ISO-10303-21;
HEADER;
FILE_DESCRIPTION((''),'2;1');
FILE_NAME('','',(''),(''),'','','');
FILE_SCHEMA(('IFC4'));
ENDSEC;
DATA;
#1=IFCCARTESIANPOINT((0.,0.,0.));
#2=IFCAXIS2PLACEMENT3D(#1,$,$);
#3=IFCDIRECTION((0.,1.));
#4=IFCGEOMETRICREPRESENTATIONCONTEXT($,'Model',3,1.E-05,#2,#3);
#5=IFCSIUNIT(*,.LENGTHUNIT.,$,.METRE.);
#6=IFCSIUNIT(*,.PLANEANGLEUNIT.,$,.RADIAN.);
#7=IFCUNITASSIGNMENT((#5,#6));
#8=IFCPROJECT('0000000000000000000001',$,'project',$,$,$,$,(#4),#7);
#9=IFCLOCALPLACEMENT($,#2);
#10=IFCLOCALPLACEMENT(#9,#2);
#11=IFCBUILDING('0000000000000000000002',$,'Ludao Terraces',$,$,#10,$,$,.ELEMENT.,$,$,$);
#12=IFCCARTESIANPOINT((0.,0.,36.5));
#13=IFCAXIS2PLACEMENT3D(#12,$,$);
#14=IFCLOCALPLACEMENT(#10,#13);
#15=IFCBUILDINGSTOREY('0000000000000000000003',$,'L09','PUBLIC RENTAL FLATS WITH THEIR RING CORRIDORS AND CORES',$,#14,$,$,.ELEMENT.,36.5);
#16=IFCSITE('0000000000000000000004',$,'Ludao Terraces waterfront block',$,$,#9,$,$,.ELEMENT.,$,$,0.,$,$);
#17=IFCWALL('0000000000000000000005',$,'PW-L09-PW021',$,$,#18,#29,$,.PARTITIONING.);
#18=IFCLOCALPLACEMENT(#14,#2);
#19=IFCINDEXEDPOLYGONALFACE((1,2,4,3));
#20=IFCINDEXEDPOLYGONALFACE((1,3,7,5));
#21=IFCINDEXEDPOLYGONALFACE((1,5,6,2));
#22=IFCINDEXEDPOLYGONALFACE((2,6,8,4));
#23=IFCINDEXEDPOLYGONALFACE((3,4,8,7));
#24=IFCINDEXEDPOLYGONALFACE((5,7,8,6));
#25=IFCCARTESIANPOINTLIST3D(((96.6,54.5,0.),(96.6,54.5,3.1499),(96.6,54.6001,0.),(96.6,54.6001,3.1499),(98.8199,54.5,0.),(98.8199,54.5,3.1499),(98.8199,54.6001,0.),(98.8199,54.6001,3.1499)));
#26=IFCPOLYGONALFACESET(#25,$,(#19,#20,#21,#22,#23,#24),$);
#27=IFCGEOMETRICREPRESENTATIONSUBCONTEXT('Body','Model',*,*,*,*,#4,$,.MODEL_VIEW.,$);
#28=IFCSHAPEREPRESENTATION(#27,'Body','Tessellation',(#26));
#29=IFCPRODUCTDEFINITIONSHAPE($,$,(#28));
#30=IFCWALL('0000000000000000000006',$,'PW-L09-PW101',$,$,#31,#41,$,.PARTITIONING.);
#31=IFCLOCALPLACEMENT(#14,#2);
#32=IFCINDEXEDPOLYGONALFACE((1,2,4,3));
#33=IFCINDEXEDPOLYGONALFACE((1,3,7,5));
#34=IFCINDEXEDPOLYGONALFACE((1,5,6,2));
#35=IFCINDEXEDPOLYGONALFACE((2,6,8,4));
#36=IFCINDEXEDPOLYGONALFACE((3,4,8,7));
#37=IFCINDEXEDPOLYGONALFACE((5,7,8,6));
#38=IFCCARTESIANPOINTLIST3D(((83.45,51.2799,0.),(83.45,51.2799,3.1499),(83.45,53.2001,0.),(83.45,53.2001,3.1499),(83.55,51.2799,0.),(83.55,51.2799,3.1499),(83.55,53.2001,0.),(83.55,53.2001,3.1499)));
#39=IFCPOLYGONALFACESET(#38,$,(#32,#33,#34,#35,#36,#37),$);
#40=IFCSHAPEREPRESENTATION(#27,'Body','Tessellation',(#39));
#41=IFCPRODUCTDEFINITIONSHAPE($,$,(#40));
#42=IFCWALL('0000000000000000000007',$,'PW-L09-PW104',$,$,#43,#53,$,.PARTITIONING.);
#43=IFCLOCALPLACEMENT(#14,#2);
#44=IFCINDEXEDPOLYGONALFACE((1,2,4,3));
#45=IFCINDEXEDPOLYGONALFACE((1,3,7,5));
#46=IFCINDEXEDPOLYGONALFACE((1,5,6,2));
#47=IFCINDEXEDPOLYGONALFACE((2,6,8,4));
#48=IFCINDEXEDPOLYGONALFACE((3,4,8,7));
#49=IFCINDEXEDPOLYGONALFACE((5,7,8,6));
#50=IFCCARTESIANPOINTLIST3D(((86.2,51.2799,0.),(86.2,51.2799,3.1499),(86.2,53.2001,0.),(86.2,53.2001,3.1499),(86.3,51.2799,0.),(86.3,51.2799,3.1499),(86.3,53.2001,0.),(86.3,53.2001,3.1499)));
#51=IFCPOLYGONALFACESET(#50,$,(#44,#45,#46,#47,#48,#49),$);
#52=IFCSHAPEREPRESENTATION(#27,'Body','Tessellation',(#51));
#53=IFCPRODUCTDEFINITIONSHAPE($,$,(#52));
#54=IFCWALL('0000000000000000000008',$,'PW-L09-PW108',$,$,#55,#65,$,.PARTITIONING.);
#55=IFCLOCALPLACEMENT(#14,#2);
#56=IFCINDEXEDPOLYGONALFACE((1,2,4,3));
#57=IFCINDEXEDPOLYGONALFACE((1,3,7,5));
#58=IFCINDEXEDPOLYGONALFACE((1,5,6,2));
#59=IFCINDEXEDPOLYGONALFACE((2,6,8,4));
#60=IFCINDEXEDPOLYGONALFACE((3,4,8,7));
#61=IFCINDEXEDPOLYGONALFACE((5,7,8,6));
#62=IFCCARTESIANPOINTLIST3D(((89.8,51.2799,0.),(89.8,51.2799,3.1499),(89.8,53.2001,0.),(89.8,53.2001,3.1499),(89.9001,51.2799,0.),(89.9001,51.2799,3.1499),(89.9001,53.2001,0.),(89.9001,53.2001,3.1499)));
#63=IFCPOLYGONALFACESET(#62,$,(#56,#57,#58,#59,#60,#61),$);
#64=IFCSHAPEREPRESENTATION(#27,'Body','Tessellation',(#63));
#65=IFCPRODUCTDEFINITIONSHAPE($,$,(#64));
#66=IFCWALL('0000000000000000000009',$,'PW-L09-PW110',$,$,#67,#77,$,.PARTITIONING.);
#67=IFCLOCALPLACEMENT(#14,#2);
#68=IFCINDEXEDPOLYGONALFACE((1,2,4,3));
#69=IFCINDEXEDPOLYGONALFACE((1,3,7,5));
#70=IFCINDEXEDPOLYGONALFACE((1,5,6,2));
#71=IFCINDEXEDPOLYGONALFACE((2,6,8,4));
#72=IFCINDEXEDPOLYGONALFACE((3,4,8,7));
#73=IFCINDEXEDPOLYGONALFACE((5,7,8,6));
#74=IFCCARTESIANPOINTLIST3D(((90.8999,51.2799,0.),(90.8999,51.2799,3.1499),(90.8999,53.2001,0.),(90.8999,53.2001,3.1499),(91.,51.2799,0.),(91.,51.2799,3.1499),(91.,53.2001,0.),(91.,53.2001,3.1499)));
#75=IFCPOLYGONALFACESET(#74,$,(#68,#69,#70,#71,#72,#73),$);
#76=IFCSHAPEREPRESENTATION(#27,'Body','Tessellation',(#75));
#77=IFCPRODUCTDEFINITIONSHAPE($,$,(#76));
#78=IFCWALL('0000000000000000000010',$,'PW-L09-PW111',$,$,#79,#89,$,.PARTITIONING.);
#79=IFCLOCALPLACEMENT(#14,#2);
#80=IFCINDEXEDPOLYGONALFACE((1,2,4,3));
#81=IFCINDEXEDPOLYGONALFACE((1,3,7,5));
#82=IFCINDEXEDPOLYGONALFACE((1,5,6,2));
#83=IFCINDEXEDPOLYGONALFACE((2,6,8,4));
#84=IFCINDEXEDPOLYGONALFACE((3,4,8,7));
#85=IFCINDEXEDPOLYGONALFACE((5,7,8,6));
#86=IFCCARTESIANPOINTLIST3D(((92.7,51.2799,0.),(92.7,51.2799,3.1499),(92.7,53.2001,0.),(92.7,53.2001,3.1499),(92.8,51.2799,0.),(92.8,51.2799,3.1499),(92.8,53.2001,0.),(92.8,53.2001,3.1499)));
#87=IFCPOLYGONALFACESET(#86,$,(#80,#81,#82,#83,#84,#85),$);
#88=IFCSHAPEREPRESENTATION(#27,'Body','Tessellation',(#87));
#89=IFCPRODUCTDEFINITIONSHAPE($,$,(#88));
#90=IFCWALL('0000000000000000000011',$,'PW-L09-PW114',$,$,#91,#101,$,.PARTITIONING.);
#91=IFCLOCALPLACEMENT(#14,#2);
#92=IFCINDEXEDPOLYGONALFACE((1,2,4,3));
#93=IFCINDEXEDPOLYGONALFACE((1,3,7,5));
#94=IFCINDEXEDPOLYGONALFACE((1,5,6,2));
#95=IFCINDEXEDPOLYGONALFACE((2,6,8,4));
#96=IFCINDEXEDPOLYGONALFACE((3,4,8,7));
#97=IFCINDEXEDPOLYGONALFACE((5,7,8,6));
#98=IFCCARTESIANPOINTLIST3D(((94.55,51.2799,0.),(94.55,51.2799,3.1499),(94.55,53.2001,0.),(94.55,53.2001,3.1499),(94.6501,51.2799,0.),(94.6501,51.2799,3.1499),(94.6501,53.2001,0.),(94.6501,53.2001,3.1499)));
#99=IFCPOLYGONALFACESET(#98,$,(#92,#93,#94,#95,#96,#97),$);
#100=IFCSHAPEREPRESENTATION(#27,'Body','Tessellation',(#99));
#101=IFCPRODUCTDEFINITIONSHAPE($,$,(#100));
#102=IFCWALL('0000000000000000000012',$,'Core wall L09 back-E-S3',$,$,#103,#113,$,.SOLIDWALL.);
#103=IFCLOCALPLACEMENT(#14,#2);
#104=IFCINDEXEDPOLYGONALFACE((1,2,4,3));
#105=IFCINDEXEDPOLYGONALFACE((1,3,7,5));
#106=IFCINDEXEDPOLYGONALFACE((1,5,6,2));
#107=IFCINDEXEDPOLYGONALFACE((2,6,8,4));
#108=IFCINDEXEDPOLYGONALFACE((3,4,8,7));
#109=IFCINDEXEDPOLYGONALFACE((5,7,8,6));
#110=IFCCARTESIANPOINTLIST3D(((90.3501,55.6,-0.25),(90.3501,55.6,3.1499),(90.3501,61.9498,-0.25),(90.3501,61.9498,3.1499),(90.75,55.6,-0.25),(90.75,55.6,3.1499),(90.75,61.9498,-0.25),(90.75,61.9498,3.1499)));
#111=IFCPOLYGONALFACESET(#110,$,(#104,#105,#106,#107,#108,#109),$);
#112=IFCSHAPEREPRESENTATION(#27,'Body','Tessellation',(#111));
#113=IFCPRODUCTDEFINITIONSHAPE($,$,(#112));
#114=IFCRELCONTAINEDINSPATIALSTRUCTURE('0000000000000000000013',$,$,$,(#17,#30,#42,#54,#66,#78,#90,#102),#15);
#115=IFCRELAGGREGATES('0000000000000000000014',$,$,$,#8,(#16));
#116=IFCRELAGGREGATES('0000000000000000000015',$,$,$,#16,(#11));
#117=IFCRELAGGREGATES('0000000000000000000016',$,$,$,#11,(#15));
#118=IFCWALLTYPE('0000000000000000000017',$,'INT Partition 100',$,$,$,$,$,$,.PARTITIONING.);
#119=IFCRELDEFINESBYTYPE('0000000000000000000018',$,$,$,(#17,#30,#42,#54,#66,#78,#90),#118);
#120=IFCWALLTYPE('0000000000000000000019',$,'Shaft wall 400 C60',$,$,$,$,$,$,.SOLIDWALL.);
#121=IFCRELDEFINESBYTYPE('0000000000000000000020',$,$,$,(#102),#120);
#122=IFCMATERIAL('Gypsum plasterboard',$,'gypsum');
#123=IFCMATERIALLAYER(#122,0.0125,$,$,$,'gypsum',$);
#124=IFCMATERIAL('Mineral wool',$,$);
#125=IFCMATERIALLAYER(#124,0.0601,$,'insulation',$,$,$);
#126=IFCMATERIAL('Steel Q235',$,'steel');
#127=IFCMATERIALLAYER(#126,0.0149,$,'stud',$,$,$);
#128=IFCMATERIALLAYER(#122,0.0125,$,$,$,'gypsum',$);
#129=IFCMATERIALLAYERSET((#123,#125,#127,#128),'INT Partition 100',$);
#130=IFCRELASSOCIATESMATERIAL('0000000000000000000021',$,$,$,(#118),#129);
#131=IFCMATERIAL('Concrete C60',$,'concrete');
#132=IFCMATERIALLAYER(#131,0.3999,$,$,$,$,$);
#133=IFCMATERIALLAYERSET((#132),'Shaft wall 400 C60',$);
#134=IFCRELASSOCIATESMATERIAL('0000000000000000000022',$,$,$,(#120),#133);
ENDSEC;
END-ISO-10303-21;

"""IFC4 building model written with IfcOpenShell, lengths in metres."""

from ifc_helpers import new_model, si_unit, direction, frame, frame_2d, origin, place, context, subcontext, project, spatial, rectangle, extrude, material, layer, layer_set, type_object, element, save


model = new_model("IFC4")

# Units and contexts
model_context = context("Model", 3, precision=1e-05, world=origin(), true_north=direction((0.0, 1.0)))
body_context = subcontext(model_context, "Body", "Model", "MODEL_VIEW")
ifc_project = project(units=[si_unit("LENGTHUNIT", "METRE"), si_unit("PLANEANGLEUNIT", "RADIAN")], contexts=[model_context])

# Site, building, storey
site_placement = place(None, origin())
site = spatial("IfcSite", under=ifc_project, at=site_placement, Name="Ludao Terraces waterfront block", CompositionType="ELEMENT", RefElevation=0.0)
building_placement = place(site_placement, origin())
building = spatial("IfcBuilding", under=site, at=building_placement, Name="Ludao Terraces", CompositionType="ELEMENT")
storey_placement = place(building_placement, frame((0.0, 0.0, 36.5)))
storey = spatial("IfcBuildingStorey", under=building, at=storey_placement, Name="L09", Description="PUBLIC RENTAL FLATS WITH THEIR RING CORRIDORS AND CORES", CompositionType="ELEMENT", Elevation=36.5)

# Shared definitions
ifc_material_1 = material(Name="Steel Q235", Category="steel")
ifc_material_2 = material(Name="Mineral wool")

# Shared definitions
ifc_material_3 = material(Name="Gypsum plasterboard", Category="gypsum")
ifc_layer_1 = layer(ifc_material_3, 0.0125, Category="gypsum")
ifc_layer_2 = layer(ifc_material_2, 0.0601, Name="insulation")
ifc_layer_3 = layer(ifc_material_1, 0.0149, Name="stud")
ifc_layer_4 = layer(ifc_material_3, 0.0125, Category="gypsum")
ifc_layer_set_1 = layer_set([ifc_layer_1, ifc_layer_2, ifc_layer_3, ifc_layer_4], Name="INT Partition 100")
wall_type_1 = type_object("IfcWallType", Name="INT Partition 100", PredefinedType="PARTITIONING", material=ifc_layer_set_1)

# Walls
for number, where, z_axis, x_axis, name in (
    (1, (96.6001, 54.55, 0.0), (0.0, 0.0, 1.0), (1.0, 0.0, 0.0), "PW-L09-PW021"),
):
    element("IfcWall", number, at=place(storey_placement, frame(where, z_axis=z_axis, x_axis=x_axis)), inside=storey, type_object=wall_type_1, Name=name, PredefinedType="PARTITIONING", context=body_context, shape_type="SweptSolid", body=[
        extrude(rectangle(XDim=2.22, YDim=0.1001, at=frame_2d((1.1099, 0.0))), origin(), (0.0, 0.0, 1.0), 3.1499),
    ])
for number, where, z_axis, x_axis, name in (
    (2, (83.5, 51.28, 0.0), (0.0, 0.0, 1.0), (0.0, 1.0, 0.0), "PW-L09-PW101"),
    (3, (86.25, 51.28, 0.0), (0.0, 0.0, 1.0), (0.0, 1.0, 0.0), "PW-L09-PW104"),
    (4, (89.8501, 51.28, 0.0), (0.0, 0.0, 1.0), (0.0, 1.0, 0.0), "PW-L09-PW108"),
    (5, (90.95, 51.28, 0.0), (0.0, 0.0, 1.0), (0.0, 1.0, 0.0), "PW-L09-PW110"),
    (6, (92.75, 51.28, 0.0), (0.0, 0.0, 1.0), (0.0, 1.0, 0.0), "PW-L09-PW111"),
    (7, (94.6001, 51.28, 0.0), (0.0, 0.0, 1.0), (0.0, 1.0, 0.0), "PW-L09-PW114"),
):
    element("IfcWall", number, at=place(storey_placement, frame(where, z_axis=z_axis, x_axis=x_axis)), inside=storey, type_object=wall_type_1, Name=name, PredefinedType="PARTITIONING", context=body_context, shape_type="SweptSolid", body=[
        extrude(rectangle(XDim=1.9202, YDim=0.1001, at=frame_2d((0.96, 0.0))), origin(), (0.0, 0.0, 1.0), 3.1499),
    ])
ifc_material_4 = material(Name="Concrete C60", Category="concrete")
ifc_layer_5 = layer(ifc_material_4, 0.3999)
ifc_layer_set_2 = layer_set([ifc_layer_5], Name="Shaft wall 400 C60")
wall_type_2 = type_object("IfcWallType", Name="Shaft wall 400 C60", PredefinedType="SOLIDWALL", material=ifc_layer_set_2)
wall_1_placement = place(storey_placement, frame((90.55, 55.6001, -0.25), z_axis=(0.0, 0.0, 1.0), x_axis=(0.0, 1.0, 0.0)))
element("IfcWall", 8, at=wall_1_placement, inside=storey, type_object=wall_type_2, Name="Core wall L09 back-E-S3", PredefinedType="SOLIDWALL", context=body_context, shape_type="SweptSolid", body=[
    extrude(rectangle(XDim=6.3499, YDim=0.3999, at=frame_2d((3.1748, 0.0))), origin(), (0.0, 0.0, 1.0), 3.3999),
])

save(model, "model.ifc")
